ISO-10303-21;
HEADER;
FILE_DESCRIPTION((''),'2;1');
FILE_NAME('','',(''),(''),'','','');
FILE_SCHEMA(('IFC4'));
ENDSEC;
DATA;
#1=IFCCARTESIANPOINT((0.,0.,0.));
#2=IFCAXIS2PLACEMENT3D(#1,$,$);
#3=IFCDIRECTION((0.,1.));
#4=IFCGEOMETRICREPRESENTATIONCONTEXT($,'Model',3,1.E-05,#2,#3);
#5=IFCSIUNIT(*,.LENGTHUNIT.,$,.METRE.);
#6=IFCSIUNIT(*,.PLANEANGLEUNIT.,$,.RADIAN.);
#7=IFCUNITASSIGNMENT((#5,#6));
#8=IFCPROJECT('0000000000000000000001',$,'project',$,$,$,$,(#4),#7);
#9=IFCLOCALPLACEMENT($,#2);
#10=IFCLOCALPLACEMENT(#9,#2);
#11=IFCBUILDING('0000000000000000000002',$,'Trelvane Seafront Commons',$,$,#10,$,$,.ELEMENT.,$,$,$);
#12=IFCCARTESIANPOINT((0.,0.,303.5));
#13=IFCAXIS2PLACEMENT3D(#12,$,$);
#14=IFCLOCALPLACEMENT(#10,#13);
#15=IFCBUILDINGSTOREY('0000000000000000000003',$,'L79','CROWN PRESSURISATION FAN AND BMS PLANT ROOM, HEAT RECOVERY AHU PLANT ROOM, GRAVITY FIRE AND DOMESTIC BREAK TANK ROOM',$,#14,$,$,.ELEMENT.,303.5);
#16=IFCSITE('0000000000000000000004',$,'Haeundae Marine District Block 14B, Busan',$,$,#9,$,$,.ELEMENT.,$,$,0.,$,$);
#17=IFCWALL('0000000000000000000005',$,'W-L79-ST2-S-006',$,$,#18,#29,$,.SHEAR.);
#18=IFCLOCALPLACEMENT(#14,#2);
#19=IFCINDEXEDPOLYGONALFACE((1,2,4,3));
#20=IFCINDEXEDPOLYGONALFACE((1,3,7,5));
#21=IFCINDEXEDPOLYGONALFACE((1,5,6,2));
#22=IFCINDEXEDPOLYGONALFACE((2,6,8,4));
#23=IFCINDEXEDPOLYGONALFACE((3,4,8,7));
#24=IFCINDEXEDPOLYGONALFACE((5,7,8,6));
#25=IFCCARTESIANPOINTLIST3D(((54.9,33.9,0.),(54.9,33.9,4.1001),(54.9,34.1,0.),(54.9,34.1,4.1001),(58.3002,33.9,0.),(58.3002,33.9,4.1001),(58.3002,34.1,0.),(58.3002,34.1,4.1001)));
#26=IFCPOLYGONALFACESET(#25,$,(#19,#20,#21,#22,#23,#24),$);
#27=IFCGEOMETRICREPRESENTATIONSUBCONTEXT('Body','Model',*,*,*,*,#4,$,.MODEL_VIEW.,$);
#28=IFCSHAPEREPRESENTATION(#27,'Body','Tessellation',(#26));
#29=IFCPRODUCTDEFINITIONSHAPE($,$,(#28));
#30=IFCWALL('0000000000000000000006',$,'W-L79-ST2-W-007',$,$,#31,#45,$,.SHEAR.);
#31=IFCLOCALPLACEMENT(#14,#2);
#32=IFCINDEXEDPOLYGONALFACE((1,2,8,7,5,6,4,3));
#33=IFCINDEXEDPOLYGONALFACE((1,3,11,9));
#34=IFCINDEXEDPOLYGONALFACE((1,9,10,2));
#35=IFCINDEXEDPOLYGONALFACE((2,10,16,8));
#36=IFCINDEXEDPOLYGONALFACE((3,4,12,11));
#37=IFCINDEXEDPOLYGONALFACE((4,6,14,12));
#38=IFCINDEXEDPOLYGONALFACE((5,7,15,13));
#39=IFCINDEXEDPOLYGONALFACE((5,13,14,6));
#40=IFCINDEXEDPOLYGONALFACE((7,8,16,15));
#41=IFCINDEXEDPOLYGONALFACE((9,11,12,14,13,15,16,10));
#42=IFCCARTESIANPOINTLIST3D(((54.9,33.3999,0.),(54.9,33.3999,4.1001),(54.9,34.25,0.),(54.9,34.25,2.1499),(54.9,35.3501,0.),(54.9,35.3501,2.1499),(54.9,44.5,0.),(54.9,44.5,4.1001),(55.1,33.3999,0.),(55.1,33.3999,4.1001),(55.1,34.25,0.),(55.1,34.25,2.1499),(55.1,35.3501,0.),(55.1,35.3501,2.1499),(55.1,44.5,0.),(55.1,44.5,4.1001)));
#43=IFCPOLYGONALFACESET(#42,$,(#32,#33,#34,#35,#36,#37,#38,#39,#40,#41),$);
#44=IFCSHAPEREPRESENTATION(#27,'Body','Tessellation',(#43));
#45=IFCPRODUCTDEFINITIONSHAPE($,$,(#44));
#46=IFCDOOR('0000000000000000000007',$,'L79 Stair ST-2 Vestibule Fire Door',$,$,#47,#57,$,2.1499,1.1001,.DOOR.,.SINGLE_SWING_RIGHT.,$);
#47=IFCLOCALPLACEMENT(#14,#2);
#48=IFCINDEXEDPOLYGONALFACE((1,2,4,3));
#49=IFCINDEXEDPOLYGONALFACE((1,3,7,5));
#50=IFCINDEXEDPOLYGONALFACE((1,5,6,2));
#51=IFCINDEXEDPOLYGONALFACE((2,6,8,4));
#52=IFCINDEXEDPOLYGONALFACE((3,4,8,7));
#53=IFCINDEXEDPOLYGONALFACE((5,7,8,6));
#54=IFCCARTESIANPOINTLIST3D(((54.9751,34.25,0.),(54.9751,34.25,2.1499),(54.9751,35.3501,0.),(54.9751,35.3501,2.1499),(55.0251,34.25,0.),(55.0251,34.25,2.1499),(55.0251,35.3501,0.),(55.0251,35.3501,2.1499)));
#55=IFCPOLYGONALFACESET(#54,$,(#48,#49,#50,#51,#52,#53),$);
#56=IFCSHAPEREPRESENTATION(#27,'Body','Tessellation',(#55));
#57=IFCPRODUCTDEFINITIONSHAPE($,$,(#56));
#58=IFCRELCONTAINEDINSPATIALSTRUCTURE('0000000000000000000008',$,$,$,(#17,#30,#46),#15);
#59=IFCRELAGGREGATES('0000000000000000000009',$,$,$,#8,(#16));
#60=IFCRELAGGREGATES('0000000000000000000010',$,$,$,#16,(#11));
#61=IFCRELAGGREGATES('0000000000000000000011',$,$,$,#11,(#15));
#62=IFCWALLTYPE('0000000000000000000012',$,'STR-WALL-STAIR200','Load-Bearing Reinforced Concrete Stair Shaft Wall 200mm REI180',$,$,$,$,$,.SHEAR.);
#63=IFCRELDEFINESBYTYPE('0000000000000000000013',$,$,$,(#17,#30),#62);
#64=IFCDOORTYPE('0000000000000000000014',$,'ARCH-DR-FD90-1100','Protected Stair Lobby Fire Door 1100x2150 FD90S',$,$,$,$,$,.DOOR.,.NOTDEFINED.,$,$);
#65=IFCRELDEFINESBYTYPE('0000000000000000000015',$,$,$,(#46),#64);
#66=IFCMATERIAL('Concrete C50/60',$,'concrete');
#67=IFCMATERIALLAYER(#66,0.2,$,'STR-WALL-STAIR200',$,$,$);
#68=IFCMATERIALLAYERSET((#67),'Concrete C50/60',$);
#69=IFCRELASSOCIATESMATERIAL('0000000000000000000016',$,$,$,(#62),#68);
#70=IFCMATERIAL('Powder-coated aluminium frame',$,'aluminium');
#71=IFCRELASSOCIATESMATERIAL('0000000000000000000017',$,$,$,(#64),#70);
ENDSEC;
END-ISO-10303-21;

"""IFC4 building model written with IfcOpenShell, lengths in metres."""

from ifc_helpers import new_model, si_unit, direction, frame, frame_2d, origin, place, context, subcontext, project, spatial, rectangle, extrude, source, transform, mapped, material, layer, layer_set, type_object, element, fill, save


model = new_model("IFC4")

# Units and contexts
model_context = context("Model", 3, precision=1e-05, world=origin(), true_north=direction((0.0, 1.0)))
body_context = subcontext(model_context, "Body", "Model", "MODEL_VIEW")
ifc_project = project(units=[si_unit("LENGTHUNIT", "METRE"), si_unit("PLANEANGLEUNIT", "RADIAN")], contexts=[model_context])

# Site, building, storey
site_placement = place(None, origin())
site = spatial("IfcSite", under=ifc_project, at=site_placement, Name="Haeundae Marine District Block 14B, Busan", CompositionType="ELEMENT", RefElevation=0.0)
building_placement = place(site_placement, origin())
building = spatial("IfcBuilding", under=site, at=building_placement, Name="Trelvane Seafront Commons", CompositionType="ELEMENT")
storey_placement = place(building_placement, frame((0.0, 0.0, 303.5)))
storey = spatial("IfcBuildingStorey", under=building, at=storey_placement, Name="L79", Description="CROWN PRESSURISATION FAN AND BMS PLANT ROOM, HEAT RECOVERY AHU PLANT ROOM, GRAVITY FIRE AND DOMESTIC BREAK TANK ROOM", CompositionType="ELEMENT", Elevation=303.5)

# Shared definitions
ifc_material_1 = material(Name="Powder-coated aluminium frame", Category="aluminium")

# Wall
ifc_material_2 = material(Name="Concrete C50/60", Category="concrete")
ifc_layer_1 = layer(ifc_material_2, 0.2, Name="STR-WALL-STAIR200")
ifc_layer_set_1 = layer_set([ifc_layer_1], Name="Concrete C50/60")
wall_type_1 = type_object("IfcWallType", Name="STR-WALL-STAIR200", Description="Load-Bearing Reinforced Concrete Stair Shaft Wall 200mm REI180", PredefinedType="SHEAR", material=ifc_layer_set_1)
wall_1_placement = place(storey_placement, frame((54.8999, 34.0, 0.0), z_axis=(0.0, 0.0, 1.0), x_axis=(1.0, 0.0, 0.0)))
element("IfcWall", 1, at=wall_1_placement, inside=storey, type_object=wall_type_1, Name="W-L79-ST2-S-006", PredefinedType="SHEAR", context=body_context, shape_type="SweptSolid", body=[
    extrude(rectangle(XDim=3.4001, YDim=0.2, at=frame_2d((1.7002, 0.0))), origin(), (0.0, 0.0, 1.0), 4.1001),
])

# Wall, opening, door
wall_2_placement = place(storey_placement, frame((55.0, 33.3999, 0.0), z_axis=(0.0, 0.0, 1.0), x_axis=(0.0, 1.0, 0.0)))
wall_2 = element("IfcWall", 2, at=wall_2_placement, inside=storey, type_object=wall_type_1, Name="W-L79-ST2-W-007", PredefinedType="SHEAR", context=body_context, shape_type="SweptSolid", body=[
    extrude(rectangle(XDim=11.1001, YDim=0.2, at=frame_2d((5.55, 0.0))), origin(), (0.0, 0.0, 1.0), 4.1001),
])
opening_1_placement = place(wall_2_placement, frame((0.8501, 0.0, 0.0)))
opening_1 = element("IfcOpeningElement", 3, at=opening_1_placement, cuts=wall_2, PredefinedType="OPENING", context=body_context, shape_type="SweptSolid", body=[
    extrude(rectangle(XDim=1.1001, YDim=2.1499, at=frame_2d((0.55, 1.075))), frame((0.0, 0.1099, 0.0), z_axis=(0.0, -1.0, 0.0), x_axis=(1.0, 0.0, 0.0)), (0.0, 0.0, 1.0), 0.22),
])
door_type_1 = type_object("IfcDoorType", Name="ARCH-DR-FD90-1100", Description="Protected Stair Lobby Fire Door 1100x2150 FD90S", OperationType="NOTDEFINED", PredefinedType="DOOR", material=ifc_material_1)
shared_shape_1 = source(origin(), body_context, "Body", "SweptSolid", [
    extrude(rectangle(XDim=1.1001, YDim=2.1499, at=frame_2d((0.55, 1.075))), frame((0.0, 0.0249, 0.0), z_axis=(0.0, -1.0, 0.0), x_axis=(1.0, 0.0, 0.0)), (0.0, 0.0, 1.0), 0.05),
])
door_1_placement = place(opening_1_placement, origin())
door_1 = element("IfcDoor", 4, at=door_1_placement, inside=storey, type_object=door_type_1, Name="L79 Stair ST-2 Vestibule Fire Door", OperationType="SINGLE_SWING_RIGHT", OverallHeight=2.1499, OverallWidth=1.1001, PredefinedType="DOOR", context=body_context, shape_type="MappedRepresentation", body=[
    mapped(shared_shape_1, transform((0.0, 0.0, 0.0), x_axis=(1.0, 0.0, 0.0), y_axis=(0.0, 1.0, 0.0), z_axis=(0.0, 0.0, 1.0), scale=1.0)),
])
fill(opening_1, door_1)

save(model, "model.ifc")
